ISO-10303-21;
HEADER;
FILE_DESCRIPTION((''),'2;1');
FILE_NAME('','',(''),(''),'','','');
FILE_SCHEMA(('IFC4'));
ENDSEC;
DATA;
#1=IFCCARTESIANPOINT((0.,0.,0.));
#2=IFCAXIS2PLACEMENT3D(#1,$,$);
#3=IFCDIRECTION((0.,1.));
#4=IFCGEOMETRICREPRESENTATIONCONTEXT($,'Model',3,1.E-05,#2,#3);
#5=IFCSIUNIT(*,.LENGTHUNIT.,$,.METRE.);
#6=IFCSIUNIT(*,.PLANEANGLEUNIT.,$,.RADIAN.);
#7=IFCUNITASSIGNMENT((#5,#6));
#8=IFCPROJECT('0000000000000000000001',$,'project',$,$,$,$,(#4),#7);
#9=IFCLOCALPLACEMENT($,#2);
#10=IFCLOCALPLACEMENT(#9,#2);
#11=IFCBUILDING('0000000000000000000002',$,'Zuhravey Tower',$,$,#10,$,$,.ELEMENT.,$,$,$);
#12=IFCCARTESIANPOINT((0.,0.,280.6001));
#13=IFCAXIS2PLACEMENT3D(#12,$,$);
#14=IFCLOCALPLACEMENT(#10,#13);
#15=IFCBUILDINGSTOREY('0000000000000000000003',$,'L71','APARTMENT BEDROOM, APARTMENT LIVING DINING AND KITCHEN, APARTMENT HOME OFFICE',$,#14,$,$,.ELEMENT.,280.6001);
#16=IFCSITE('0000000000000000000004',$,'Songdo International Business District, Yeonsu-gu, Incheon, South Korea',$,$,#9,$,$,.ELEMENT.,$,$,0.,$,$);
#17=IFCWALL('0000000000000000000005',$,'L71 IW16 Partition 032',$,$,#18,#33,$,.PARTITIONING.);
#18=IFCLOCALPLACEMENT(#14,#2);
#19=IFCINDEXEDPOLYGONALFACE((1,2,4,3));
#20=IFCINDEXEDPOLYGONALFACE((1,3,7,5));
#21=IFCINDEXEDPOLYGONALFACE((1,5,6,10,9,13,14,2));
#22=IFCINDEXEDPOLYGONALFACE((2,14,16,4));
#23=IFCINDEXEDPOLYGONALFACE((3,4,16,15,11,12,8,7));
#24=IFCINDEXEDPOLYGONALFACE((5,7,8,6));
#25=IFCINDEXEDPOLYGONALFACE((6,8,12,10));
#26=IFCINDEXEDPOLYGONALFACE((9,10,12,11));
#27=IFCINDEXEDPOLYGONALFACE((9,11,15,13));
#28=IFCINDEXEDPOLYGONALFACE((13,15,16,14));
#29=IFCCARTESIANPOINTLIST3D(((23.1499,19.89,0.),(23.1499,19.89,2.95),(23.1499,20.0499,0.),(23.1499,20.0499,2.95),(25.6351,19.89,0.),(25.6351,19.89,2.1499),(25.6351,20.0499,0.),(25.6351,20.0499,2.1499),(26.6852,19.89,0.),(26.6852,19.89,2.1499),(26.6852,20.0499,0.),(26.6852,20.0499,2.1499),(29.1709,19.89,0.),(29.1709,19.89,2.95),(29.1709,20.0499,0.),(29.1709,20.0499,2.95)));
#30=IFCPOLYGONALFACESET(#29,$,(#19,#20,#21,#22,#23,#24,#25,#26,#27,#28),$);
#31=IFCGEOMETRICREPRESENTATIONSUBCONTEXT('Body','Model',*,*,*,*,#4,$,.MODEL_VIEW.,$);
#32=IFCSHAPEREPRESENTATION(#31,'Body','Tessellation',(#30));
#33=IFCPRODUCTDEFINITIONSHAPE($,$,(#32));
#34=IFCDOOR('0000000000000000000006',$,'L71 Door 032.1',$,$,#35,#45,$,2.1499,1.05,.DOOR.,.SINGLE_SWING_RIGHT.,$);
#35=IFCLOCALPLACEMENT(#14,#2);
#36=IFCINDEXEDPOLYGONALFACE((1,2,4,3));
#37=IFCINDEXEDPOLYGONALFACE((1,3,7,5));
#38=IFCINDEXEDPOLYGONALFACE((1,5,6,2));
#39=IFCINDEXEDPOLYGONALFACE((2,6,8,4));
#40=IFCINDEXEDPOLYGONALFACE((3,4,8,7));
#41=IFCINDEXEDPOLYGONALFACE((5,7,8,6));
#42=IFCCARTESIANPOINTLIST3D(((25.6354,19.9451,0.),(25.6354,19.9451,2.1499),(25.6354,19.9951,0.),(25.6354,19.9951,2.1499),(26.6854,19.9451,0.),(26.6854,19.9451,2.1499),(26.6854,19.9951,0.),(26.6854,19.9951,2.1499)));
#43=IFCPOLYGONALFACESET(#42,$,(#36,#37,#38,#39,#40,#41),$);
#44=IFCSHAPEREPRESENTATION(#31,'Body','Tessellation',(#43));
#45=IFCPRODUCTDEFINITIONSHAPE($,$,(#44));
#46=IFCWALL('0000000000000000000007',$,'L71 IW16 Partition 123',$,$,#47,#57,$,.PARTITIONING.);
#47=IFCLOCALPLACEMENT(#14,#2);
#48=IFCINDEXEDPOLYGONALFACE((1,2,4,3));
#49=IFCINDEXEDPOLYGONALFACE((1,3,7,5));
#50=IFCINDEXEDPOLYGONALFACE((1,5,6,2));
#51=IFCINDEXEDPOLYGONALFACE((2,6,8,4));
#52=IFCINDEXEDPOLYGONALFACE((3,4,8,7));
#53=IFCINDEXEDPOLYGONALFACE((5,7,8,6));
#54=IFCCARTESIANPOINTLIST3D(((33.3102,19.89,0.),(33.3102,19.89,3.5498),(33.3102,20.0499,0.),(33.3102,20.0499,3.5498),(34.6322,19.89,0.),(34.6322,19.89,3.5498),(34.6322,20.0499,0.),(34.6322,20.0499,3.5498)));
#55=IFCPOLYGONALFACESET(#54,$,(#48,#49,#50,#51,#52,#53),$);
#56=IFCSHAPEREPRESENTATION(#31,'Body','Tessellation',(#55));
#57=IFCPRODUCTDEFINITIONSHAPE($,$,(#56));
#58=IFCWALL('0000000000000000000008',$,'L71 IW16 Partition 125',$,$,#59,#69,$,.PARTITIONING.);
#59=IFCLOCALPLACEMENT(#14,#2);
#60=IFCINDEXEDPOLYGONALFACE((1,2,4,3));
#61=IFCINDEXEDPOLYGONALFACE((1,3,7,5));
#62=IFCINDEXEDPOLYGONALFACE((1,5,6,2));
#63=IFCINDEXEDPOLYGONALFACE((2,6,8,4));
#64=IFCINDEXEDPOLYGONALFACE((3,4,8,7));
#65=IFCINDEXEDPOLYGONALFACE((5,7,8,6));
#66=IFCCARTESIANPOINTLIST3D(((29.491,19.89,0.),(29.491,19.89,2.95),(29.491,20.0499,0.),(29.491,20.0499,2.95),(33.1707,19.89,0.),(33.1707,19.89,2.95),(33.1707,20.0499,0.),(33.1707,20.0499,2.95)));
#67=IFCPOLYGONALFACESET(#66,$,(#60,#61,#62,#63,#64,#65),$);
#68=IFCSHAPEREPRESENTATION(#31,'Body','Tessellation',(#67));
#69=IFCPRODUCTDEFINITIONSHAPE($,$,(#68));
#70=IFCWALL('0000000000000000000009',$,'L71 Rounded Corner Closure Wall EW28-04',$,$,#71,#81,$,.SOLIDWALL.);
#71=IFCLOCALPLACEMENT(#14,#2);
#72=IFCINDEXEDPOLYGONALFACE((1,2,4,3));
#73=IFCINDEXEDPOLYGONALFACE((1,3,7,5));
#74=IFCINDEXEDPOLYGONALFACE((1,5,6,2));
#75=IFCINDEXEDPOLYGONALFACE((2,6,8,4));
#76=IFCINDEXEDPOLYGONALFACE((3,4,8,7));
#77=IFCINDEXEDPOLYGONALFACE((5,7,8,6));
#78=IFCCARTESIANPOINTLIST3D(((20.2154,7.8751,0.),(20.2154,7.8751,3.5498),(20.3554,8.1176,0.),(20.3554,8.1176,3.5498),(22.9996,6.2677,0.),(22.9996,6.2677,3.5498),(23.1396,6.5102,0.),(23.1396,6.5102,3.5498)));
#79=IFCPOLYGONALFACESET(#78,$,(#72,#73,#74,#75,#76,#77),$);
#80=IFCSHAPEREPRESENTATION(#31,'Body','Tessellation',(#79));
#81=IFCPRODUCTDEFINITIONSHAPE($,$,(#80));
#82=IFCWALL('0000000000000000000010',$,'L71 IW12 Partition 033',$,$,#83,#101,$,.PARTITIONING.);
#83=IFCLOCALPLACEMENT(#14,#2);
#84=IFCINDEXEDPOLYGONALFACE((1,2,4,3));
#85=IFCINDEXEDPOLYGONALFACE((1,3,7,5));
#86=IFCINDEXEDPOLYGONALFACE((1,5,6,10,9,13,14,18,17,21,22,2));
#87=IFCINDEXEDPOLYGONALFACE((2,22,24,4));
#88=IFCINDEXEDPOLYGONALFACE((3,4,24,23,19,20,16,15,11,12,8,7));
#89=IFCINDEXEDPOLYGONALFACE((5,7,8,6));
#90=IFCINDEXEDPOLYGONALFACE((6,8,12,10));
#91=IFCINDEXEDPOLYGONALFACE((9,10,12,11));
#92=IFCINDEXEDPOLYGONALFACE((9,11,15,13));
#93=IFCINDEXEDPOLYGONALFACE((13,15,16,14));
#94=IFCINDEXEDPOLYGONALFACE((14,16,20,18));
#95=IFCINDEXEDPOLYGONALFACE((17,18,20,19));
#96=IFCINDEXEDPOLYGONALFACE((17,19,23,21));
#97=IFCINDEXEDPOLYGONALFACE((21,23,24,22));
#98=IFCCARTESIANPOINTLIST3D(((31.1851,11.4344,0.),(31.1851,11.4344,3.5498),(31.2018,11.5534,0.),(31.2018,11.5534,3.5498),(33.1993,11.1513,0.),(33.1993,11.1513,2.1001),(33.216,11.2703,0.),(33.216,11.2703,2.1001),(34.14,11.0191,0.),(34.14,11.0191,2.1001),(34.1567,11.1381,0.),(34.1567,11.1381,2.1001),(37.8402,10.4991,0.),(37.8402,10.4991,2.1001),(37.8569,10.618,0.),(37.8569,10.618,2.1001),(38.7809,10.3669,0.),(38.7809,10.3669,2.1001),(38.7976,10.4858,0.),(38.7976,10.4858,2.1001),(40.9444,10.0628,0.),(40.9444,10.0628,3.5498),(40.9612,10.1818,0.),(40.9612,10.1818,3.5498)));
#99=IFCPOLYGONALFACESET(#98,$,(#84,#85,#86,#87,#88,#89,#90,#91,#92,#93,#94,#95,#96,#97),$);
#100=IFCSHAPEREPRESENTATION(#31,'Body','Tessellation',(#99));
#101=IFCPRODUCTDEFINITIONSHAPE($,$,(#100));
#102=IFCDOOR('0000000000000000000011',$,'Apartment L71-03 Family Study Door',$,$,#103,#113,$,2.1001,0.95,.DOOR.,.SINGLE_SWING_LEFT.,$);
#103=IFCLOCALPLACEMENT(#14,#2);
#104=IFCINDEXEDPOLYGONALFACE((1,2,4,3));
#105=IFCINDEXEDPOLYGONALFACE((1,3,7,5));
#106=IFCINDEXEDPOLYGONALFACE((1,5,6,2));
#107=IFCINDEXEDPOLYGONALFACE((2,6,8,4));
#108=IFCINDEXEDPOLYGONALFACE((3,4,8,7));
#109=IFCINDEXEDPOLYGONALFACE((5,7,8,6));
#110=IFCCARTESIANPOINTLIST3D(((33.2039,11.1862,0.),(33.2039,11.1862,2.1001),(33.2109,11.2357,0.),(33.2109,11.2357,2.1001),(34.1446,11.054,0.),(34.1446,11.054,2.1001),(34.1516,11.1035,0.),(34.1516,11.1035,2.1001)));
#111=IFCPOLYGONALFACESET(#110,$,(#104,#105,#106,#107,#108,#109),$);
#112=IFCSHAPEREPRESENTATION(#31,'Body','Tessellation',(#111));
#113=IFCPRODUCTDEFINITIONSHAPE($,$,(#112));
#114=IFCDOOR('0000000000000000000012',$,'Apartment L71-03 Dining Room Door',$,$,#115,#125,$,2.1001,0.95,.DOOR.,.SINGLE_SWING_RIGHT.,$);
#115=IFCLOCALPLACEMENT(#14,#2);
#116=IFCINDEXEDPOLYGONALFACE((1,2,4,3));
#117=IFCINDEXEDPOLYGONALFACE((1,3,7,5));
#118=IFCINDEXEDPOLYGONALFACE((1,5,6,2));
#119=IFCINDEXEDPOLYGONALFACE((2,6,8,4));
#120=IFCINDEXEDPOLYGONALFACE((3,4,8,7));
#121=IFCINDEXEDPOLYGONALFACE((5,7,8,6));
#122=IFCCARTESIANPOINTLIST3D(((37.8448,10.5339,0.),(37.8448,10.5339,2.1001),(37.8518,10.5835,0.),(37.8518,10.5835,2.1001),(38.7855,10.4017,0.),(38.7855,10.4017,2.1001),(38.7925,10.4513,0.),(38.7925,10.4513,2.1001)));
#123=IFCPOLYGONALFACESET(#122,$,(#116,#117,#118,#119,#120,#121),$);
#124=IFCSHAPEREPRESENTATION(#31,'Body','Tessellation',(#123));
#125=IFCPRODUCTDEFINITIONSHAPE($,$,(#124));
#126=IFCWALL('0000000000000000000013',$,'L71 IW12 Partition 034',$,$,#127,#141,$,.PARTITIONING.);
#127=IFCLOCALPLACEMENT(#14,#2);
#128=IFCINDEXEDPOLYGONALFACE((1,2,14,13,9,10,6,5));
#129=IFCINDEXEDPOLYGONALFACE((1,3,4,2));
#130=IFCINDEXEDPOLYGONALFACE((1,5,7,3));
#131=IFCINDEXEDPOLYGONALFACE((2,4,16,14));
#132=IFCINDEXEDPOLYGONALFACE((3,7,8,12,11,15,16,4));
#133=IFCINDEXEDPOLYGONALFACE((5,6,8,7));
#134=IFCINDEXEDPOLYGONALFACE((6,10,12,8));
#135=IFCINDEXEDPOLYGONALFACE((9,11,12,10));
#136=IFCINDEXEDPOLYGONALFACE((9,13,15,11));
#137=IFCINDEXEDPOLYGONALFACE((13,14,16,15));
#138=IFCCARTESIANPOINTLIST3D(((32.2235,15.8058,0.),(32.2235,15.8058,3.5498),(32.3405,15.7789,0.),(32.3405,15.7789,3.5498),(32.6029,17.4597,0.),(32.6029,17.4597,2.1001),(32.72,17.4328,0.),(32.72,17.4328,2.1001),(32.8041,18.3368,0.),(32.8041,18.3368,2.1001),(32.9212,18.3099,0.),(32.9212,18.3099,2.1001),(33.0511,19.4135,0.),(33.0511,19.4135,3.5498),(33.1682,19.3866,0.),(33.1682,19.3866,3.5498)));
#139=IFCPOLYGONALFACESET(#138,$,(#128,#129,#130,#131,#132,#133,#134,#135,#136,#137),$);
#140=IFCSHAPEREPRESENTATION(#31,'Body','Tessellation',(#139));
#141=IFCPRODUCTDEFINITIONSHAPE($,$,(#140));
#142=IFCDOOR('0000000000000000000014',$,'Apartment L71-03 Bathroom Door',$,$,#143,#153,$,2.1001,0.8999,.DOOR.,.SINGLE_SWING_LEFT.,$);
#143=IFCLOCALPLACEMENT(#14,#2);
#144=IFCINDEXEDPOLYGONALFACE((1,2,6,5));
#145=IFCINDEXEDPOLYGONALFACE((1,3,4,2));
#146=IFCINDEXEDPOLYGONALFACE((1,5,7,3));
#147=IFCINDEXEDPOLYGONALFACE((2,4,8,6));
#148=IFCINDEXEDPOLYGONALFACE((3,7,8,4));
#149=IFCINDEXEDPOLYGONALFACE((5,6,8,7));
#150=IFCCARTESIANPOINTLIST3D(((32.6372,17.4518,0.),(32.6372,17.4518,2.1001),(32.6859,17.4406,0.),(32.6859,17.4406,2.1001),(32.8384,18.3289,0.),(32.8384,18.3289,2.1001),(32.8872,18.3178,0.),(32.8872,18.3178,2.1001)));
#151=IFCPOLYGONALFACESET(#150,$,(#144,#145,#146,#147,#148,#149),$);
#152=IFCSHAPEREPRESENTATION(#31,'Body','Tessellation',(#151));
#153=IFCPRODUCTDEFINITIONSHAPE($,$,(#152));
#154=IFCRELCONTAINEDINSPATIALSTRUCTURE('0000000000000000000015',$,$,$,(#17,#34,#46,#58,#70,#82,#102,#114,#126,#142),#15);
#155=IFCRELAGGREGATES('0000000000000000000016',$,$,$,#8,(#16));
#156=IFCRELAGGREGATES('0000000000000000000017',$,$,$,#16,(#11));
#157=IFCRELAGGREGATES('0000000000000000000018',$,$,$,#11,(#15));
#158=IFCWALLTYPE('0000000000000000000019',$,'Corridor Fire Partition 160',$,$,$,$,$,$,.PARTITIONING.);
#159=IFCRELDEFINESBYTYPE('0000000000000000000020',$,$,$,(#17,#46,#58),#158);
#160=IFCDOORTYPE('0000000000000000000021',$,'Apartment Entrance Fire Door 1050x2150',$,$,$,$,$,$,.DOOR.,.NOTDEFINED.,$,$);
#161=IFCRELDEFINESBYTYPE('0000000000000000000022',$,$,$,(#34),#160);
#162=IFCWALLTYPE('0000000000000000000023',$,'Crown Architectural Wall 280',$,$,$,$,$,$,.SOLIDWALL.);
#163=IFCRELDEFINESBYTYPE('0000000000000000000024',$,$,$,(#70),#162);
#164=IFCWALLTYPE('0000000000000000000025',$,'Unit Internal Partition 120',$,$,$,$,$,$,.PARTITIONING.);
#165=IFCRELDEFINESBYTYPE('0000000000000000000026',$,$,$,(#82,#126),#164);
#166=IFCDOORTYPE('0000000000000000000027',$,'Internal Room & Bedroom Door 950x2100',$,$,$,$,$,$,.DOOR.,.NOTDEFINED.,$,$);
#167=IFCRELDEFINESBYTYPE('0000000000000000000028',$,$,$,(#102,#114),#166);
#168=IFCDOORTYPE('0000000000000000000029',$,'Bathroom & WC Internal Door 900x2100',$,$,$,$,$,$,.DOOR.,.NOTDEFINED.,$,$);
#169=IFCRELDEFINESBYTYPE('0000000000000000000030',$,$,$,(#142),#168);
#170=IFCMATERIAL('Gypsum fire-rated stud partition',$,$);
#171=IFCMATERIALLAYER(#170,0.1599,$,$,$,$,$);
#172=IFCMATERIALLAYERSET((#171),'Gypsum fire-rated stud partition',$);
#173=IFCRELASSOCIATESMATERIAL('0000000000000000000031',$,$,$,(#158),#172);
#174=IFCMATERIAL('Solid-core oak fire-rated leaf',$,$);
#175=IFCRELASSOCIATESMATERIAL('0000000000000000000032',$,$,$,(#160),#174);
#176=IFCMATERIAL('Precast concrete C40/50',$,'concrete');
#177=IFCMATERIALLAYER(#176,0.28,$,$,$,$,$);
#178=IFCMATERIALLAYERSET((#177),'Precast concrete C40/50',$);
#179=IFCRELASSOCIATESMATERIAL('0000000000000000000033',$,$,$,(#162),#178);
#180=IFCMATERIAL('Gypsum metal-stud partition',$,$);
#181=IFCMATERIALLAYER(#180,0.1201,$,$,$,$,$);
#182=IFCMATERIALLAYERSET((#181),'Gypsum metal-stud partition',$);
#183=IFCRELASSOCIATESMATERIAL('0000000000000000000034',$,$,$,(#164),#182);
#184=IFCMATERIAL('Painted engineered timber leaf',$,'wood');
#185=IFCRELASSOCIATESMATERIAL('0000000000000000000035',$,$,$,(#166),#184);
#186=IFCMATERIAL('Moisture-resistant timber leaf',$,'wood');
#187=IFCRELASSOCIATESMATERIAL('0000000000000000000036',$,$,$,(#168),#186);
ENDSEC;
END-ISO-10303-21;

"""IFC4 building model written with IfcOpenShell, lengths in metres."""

from ifc_helpers import new_model, si_unit, direction, frame, frame_2d, origin, place, context, subcontext, project, spatial, rectangle, extrude, material, layer, layer_set, type_object, element, fill, save


model = new_model("IFC4")

# Units and contexts
model_context = context("Model", 3, precision=1e-05, world=origin(), true_north=direction((0.0, 1.0)))
body_context = subcontext(model_context, "Body", "Model", "MODEL_VIEW")
ifc_project = project(units=[si_unit("LENGTHUNIT", "METRE"), si_unit("PLANEANGLEUNIT", "RADIAN")], contexts=[model_context])

# Site, building, storey
site_placement = place(None, origin())
site = spatial("IfcSite", under=ifc_project, at=site_placement, Name="Songdo International Business District, Yeonsu-gu, Incheon, South Korea", CompositionType="ELEMENT", RefElevation=0.0)
building_placement = place(site_placement, origin())
building = spatial("IfcBuilding", under=site, at=building_placement, Name="Zuhravey Tower", CompositionType="ELEMENT")
storey_placement = place(building_placement, frame((0.0, 0.0, 280.6001)))
storey = spatial("IfcBuildingStorey", under=building, at=storey_placement, Name="L71", Description="APARTMENT BEDROOM, APARTMENT LIVING DINING AND KITCHEN, APARTMENT HOME OFFICE", CompositionType="ELEMENT", Elevation=280.6001)

# Wall, opening, door
ifc_material_1 = material(Name="Gypsum fire-rated stud partition")
ifc_layer_1 = layer(ifc_material_1, 0.1599)
ifc_layer_set_1 = layer_set([ifc_layer_1], Name="Gypsum fire-rated stud partition")
wall_type_1 = type_object("IfcWallType", Name="Corridor Fire Partition 160", PredefinedType="PARTITIONING", material=ifc_layer_set_1)
wall_1_placement = place(storey_placement, frame((23.1499, 19.97, 0.0), z_axis=(0.0, 0.0, 1.0), x_axis=(1.0, 0.0, 0.0)))
wall_1 = element("IfcWall", 1, at=wall_1_placement, inside=storey, type_object=wall_type_1, Name="L71 IW16 Partition 032", PredefinedType="PARTITIONING", context=body_context, shape_type="SweptSolid", body=[
    extrude(rectangle(XDim=6.021, YDim=0.1599, at=frame_2d((3.0105, 0.0))), origin(), (0.0, 0.0, 1.0), 2.95),
])
opening_1_placement = place(wall_1_placement, frame((2.4854, 0.0, 0.0)))
opening_1 = element("IfcOpeningElement", 2, at=opening_1_placement, cuts=wall_1, PredefinedType="OPENING", context=body_context, shape_type="SweptSolid", body=[
    extrude(rectangle(XDim=1.05, YDim=2.1499, at=frame_2d((0.5249, 1.075))), frame((0.0, 0.092, 0.0), z_axis=(0.0, -1.0, 0.0), x_axis=(1.0, 0.0, 0.0)), (0.0, 0.0, 1.0), 0.1838),
])
ifc_material_2 = material(Name="Solid-core oak fire-rated leaf")
door_type_1 = type_object("IfcDoorType", Name="Apartment Entrance Fire Door 1050x2150", OperationType="NOTDEFINED", PredefinedType="DOOR", material=ifc_material_2)
door_1_placement = place(opening_1_placement, frame((1.05, 0.0, 0.0), z_axis=(0.0, 0.0, 1.0), x_axis=(-1.0, 0.0, 0.0)))
door_1 = element("IfcDoor", 3, at=door_1_placement, inside=storey, type_object=door_type_1, Name="L71 Door 032.1", OperationType="SINGLE_SWING_RIGHT", OverallHeight=2.1499, OverallWidth=1.05, PredefinedType="DOOR", context=body_context, shape_type="SweptSolid", body=[
    extrude(rectangle(XDim=1.05, YDim=2.1499, at=frame_2d((0.5249, 1.075))), frame((0.0, 0.0249, 0.0), z_axis=(0.0, -1.0, 0.0), x_axis=(1.0, 0.0, 0.0)), (0.0, 0.0, 1.0), 0.05),
])
fill(opening_1, door_1)

# Walls
wall_2_placement = place(storey_placement, frame((33.3101, 19.97, 0.0), z_axis=(0.0, 0.0, 1.0), x_axis=(1.0, 0.0, 0.0)))
element("IfcWall", 4, at=wall_2_placement, inside=storey, type_object=wall_type_1, Name="L71 IW16 Partition 123", PredefinedType="PARTITIONING", context=body_context, shape_type="SweptSolid", body=[
    extrude(rectangle(XDim=1.322, YDim=0.1599, at=frame_2d((0.6611, 0.0))), origin(), (0.0, 0.0, 1.0), 3.5498),
])
wall_3_placement = place(storey_placement, frame((29.491, 19.97, 0.0), z_axis=(0.0, 0.0, 1.0), x_axis=(1.0, 0.0, 0.0)))
element("IfcWall", 5, at=wall_3_placement, inside=storey, type_object=wall_type_1, Name="L71 IW16 Partition 125", PredefinedType="PARTITIONING", context=body_context, shape_type="SweptSolid", body=[
    extrude(rectangle(XDim=3.6797, YDim=0.1599, at=frame_2d((1.8398, 0.0))), origin(), (0.0, 0.0, 1.0), 2.95),
])
ifc_material_3 = material(Name="Precast concrete C40/50", Category="concrete")
ifc_layer_2 = layer(ifc_material_3, 0.28)
ifc_layer_set_2 = layer_set([ifc_layer_2], Name="Precast concrete C40/50")
wall_type_2 = type_object("IfcWallType", Name="Crown Architectural Wall 280", PredefinedType="SOLIDWALL", material=ifc_layer_set_2)
wall_4_placement = place(storey_placement, frame((23.0696, 6.3889, 0.0), z_axis=(0.0, 0.0, 1.0), x_axis=(-0.866029, 0.499994, 0.0)))
element("IfcWall", 6, at=wall_4_placement, inside=storey, type_object=wall_type_2, Name="L71 Rounded Corner Closure Wall EW28-04", PredefinedType="SOLIDWALL", context=body_context, shape_type="SweptSolid", body=[
    extrude(rectangle(XDim=3.2148, YDim=0.28, at=frame_2d((1.6074, 0.0))), origin(), (0.0, 0.0, 1.0), 3.5498),
])

# Wall, openings, doors
ifc_material_4 = material(Name="Gypsum metal-stud partition")
ifc_layer_3 = layer(ifc_material_4, 0.1201)
ifc_layer_set_3 = layer_set([ifc_layer_3], Name="Gypsum metal-stud partition")
wall_type_3 = type_object("IfcWallType", Name="Unit Internal Partition 120", PredefinedType="PARTITIONING", material=ifc_layer_set_3)
wall_5_placement = place(storey_placement, frame((31.1934, 11.4939, 0.0), z_axis=(0.0, 0.0, 1.0), x_axis=(0.990268, -0.139174, 0.0)))
wall_5 = element("IfcWall", 7, at=wall_5_placement, inside=storey, type_object=wall_type_3, Name="L71 IW12 Partition 033", PredefinedType="PARTITIONING", context=body_context, shape_type="SweptSolid", body=[
    extrude(rectangle(XDim=9.8552, YDim=0.1201, at=frame_2d((4.9277, 0.0))), origin(), (0.0, 0.0, 1.0), 3.5498),
])
opening_2_placement = place(wall_5_placement, frame((2.0339, 0.0, 0.0)))
opening_2 = element("IfcOpeningElement", 8, at=opening_2_placement, cuts=wall_5, PredefinedType="OPENING", context=body_context, shape_type="SweptSolid", body=[
    extrude(rectangle(XDim=0.95, YDim=2.1001, at=frame_2d((0.4751, 1.05))), frame((0.0, 0.072, 0.0), z_axis=(0.0, -1.0, 0.0), x_axis=(1.0, 0.0, 0.0)), (0.0, 0.0, 1.0), 0.144),
])
opening_3_placement = place(wall_5_placement, frame((6.7205, 0.0, 0.0)))
opening_3 = element("IfcOpeningElement", 9, at=opening_3_placement, cuts=wall_5, PredefinedType="OPENING", context=body_context, shape_type="SweptSolid", body=[
    extrude(rectangle(XDim=0.95, YDim=2.1001, at=frame_2d((0.4751, 1.05))), frame((0.0, 0.072, 0.0), z_axis=(0.0, -1.0, 0.0), x_axis=(1.0, 0.0, 0.0)), (0.0, 0.0, 1.0), 0.144),
])
ifc_material_5 = material(Name="Painted engineered timber leaf", Category="wood")
door_type_2 = type_object("IfcDoorType", Name="Internal Room & Bedroom Door 950x2100", OperationType="NOTDEFINED", PredefinedType="DOOR", material=ifc_material_5)
door_2_placement = place(opening_2_placement, frame((0.95, 0.0, 0.0), z_axis=(0.0, 0.0, 1.0), x_axis=(-1.0, 0.0, 0.0)))
door_2 = element("IfcDoor", 10, at=door_2_placement, inside=storey, type_object=door_type_2, Name="Apartment L71-03 Family Study Door", OperationType="SINGLE_SWING_LEFT", OverallHeight=2.1001, OverallWidth=0.95, PredefinedType="DOOR", context=body_context, shape_type="SweptSolid", body=[
    extrude(rectangle(XDim=0.95, YDim=2.1001, at=frame_2d((0.4751, 1.05))), frame((0.0, 0.0249, 0.0), z_axis=(0.0, -1.0, 0.0), x_axis=(1.0, 0.0, 0.0)), (0.0, 0.0, 1.0), 0.05),
])
fill(opening_2, door_2)
door_3_placement = place(opening_3_placement, frame((0.95, 0.0, 0.0), z_axis=(0.0, 0.0, 1.0), x_axis=(-1.0, 0.0, 0.0)))
door_3 = element("IfcDoor", 11, at=door_3_placement, inside=storey, type_object=door_type_2, Name="Apartment L71-03 Dining Room Door", OperationType="SINGLE_SWING_RIGHT", OverallHeight=2.1001, OverallWidth=0.95, PredefinedType="DOOR", context=body_context, shape_type="SweptSolid", body=[
    extrude(rectangle(XDim=0.95, YDim=2.1001, at=frame_2d((0.4751, 1.05))), frame((0.0, 0.0249, 0.0), z_axis=(0.0, -1.0, 0.0), x_axis=(1.0, 0.0, 0.0)), (0.0, 0.0, 1.0), 0.05),
])
fill(opening_3, door_3)

# Wall, opening, door
wall_6_placement = place(storey_placement, frame((33.1096, 19.3999, 0.0), z_axis=(0.0, 0.0, 1.0), x_axis=(-0.223602, -0.974681, 0.0)))
wall_6 = element("IfcWall", 12, at=wall_6_placement, inside=storey, type_object=wall_type_3, Name="L71 IW12 Partition 034", PredefinedType="PARTITIONING", context=body_context, shape_type="SweptSolid", body=[
    extrude(rectangle(XDim=3.7014, YDim=0.1201, at=frame_2d((1.8506, 0.0))), origin(), (0.0, 0.0, 1.0), 3.5498),
])
opening_4_placement = place(wall_6_placement, frame((1.1045, 0.0, 0.0)))
opening_4 = element("IfcOpeningElement", 13, at=opening_4_placement, cuts=wall_6, PredefinedType="OPENING", context=body_context, shape_type="SweptSolid", body=[
    extrude(rectangle(XDim=0.8999, YDim=2.1001, at=frame_2d((0.45, 1.05))), frame((0.0, 0.072, 0.0), z_axis=(0.0, -1.0, 0.0), x_axis=(1.0, 0.0, 0.0)), (0.0, 0.0, 1.0), 0.144),
])
ifc_material_6 = material(Name="Moisture-resistant timber leaf", Category="wood")
door_type_3 = type_object("IfcDoorType", Name="Bathroom & WC Internal Door 900x2100", OperationType="NOTDEFINED", PredefinedType="DOOR", material=ifc_material_6)
door_4_placement = place(opening_4_placement, frame((0.8999, 0.0, 0.0), z_axis=(0.0, 0.0, 1.0), x_axis=(-1.0, 0.0, 0.0)))
door_4 = element("IfcDoor", 14, at=door_4_placement, inside=storey, type_object=door_type_3, Name="Apartment L71-03 Bathroom Door", OperationType="SINGLE_SWING_LEFT", OverallHeight=2.1001, OverallWidth=0.8999, PredefinedType="DOOR", context=body_context, shape_type="SweptSolid", body=[
    extrude(rectangle(XDim=0.8999, YDim=2.1001, at=frame_2d((0.45, 1.05))), frame((0.0, 0.0249, 0.0), z_axis=(0.0, -1.0, 0.0), x_axis=(1.0, 0.0, 0.0)), (0.0, 0.0, 1.0), 0.05),
])
fill(opening_4, door_4)

save(model, "model.ifc")
